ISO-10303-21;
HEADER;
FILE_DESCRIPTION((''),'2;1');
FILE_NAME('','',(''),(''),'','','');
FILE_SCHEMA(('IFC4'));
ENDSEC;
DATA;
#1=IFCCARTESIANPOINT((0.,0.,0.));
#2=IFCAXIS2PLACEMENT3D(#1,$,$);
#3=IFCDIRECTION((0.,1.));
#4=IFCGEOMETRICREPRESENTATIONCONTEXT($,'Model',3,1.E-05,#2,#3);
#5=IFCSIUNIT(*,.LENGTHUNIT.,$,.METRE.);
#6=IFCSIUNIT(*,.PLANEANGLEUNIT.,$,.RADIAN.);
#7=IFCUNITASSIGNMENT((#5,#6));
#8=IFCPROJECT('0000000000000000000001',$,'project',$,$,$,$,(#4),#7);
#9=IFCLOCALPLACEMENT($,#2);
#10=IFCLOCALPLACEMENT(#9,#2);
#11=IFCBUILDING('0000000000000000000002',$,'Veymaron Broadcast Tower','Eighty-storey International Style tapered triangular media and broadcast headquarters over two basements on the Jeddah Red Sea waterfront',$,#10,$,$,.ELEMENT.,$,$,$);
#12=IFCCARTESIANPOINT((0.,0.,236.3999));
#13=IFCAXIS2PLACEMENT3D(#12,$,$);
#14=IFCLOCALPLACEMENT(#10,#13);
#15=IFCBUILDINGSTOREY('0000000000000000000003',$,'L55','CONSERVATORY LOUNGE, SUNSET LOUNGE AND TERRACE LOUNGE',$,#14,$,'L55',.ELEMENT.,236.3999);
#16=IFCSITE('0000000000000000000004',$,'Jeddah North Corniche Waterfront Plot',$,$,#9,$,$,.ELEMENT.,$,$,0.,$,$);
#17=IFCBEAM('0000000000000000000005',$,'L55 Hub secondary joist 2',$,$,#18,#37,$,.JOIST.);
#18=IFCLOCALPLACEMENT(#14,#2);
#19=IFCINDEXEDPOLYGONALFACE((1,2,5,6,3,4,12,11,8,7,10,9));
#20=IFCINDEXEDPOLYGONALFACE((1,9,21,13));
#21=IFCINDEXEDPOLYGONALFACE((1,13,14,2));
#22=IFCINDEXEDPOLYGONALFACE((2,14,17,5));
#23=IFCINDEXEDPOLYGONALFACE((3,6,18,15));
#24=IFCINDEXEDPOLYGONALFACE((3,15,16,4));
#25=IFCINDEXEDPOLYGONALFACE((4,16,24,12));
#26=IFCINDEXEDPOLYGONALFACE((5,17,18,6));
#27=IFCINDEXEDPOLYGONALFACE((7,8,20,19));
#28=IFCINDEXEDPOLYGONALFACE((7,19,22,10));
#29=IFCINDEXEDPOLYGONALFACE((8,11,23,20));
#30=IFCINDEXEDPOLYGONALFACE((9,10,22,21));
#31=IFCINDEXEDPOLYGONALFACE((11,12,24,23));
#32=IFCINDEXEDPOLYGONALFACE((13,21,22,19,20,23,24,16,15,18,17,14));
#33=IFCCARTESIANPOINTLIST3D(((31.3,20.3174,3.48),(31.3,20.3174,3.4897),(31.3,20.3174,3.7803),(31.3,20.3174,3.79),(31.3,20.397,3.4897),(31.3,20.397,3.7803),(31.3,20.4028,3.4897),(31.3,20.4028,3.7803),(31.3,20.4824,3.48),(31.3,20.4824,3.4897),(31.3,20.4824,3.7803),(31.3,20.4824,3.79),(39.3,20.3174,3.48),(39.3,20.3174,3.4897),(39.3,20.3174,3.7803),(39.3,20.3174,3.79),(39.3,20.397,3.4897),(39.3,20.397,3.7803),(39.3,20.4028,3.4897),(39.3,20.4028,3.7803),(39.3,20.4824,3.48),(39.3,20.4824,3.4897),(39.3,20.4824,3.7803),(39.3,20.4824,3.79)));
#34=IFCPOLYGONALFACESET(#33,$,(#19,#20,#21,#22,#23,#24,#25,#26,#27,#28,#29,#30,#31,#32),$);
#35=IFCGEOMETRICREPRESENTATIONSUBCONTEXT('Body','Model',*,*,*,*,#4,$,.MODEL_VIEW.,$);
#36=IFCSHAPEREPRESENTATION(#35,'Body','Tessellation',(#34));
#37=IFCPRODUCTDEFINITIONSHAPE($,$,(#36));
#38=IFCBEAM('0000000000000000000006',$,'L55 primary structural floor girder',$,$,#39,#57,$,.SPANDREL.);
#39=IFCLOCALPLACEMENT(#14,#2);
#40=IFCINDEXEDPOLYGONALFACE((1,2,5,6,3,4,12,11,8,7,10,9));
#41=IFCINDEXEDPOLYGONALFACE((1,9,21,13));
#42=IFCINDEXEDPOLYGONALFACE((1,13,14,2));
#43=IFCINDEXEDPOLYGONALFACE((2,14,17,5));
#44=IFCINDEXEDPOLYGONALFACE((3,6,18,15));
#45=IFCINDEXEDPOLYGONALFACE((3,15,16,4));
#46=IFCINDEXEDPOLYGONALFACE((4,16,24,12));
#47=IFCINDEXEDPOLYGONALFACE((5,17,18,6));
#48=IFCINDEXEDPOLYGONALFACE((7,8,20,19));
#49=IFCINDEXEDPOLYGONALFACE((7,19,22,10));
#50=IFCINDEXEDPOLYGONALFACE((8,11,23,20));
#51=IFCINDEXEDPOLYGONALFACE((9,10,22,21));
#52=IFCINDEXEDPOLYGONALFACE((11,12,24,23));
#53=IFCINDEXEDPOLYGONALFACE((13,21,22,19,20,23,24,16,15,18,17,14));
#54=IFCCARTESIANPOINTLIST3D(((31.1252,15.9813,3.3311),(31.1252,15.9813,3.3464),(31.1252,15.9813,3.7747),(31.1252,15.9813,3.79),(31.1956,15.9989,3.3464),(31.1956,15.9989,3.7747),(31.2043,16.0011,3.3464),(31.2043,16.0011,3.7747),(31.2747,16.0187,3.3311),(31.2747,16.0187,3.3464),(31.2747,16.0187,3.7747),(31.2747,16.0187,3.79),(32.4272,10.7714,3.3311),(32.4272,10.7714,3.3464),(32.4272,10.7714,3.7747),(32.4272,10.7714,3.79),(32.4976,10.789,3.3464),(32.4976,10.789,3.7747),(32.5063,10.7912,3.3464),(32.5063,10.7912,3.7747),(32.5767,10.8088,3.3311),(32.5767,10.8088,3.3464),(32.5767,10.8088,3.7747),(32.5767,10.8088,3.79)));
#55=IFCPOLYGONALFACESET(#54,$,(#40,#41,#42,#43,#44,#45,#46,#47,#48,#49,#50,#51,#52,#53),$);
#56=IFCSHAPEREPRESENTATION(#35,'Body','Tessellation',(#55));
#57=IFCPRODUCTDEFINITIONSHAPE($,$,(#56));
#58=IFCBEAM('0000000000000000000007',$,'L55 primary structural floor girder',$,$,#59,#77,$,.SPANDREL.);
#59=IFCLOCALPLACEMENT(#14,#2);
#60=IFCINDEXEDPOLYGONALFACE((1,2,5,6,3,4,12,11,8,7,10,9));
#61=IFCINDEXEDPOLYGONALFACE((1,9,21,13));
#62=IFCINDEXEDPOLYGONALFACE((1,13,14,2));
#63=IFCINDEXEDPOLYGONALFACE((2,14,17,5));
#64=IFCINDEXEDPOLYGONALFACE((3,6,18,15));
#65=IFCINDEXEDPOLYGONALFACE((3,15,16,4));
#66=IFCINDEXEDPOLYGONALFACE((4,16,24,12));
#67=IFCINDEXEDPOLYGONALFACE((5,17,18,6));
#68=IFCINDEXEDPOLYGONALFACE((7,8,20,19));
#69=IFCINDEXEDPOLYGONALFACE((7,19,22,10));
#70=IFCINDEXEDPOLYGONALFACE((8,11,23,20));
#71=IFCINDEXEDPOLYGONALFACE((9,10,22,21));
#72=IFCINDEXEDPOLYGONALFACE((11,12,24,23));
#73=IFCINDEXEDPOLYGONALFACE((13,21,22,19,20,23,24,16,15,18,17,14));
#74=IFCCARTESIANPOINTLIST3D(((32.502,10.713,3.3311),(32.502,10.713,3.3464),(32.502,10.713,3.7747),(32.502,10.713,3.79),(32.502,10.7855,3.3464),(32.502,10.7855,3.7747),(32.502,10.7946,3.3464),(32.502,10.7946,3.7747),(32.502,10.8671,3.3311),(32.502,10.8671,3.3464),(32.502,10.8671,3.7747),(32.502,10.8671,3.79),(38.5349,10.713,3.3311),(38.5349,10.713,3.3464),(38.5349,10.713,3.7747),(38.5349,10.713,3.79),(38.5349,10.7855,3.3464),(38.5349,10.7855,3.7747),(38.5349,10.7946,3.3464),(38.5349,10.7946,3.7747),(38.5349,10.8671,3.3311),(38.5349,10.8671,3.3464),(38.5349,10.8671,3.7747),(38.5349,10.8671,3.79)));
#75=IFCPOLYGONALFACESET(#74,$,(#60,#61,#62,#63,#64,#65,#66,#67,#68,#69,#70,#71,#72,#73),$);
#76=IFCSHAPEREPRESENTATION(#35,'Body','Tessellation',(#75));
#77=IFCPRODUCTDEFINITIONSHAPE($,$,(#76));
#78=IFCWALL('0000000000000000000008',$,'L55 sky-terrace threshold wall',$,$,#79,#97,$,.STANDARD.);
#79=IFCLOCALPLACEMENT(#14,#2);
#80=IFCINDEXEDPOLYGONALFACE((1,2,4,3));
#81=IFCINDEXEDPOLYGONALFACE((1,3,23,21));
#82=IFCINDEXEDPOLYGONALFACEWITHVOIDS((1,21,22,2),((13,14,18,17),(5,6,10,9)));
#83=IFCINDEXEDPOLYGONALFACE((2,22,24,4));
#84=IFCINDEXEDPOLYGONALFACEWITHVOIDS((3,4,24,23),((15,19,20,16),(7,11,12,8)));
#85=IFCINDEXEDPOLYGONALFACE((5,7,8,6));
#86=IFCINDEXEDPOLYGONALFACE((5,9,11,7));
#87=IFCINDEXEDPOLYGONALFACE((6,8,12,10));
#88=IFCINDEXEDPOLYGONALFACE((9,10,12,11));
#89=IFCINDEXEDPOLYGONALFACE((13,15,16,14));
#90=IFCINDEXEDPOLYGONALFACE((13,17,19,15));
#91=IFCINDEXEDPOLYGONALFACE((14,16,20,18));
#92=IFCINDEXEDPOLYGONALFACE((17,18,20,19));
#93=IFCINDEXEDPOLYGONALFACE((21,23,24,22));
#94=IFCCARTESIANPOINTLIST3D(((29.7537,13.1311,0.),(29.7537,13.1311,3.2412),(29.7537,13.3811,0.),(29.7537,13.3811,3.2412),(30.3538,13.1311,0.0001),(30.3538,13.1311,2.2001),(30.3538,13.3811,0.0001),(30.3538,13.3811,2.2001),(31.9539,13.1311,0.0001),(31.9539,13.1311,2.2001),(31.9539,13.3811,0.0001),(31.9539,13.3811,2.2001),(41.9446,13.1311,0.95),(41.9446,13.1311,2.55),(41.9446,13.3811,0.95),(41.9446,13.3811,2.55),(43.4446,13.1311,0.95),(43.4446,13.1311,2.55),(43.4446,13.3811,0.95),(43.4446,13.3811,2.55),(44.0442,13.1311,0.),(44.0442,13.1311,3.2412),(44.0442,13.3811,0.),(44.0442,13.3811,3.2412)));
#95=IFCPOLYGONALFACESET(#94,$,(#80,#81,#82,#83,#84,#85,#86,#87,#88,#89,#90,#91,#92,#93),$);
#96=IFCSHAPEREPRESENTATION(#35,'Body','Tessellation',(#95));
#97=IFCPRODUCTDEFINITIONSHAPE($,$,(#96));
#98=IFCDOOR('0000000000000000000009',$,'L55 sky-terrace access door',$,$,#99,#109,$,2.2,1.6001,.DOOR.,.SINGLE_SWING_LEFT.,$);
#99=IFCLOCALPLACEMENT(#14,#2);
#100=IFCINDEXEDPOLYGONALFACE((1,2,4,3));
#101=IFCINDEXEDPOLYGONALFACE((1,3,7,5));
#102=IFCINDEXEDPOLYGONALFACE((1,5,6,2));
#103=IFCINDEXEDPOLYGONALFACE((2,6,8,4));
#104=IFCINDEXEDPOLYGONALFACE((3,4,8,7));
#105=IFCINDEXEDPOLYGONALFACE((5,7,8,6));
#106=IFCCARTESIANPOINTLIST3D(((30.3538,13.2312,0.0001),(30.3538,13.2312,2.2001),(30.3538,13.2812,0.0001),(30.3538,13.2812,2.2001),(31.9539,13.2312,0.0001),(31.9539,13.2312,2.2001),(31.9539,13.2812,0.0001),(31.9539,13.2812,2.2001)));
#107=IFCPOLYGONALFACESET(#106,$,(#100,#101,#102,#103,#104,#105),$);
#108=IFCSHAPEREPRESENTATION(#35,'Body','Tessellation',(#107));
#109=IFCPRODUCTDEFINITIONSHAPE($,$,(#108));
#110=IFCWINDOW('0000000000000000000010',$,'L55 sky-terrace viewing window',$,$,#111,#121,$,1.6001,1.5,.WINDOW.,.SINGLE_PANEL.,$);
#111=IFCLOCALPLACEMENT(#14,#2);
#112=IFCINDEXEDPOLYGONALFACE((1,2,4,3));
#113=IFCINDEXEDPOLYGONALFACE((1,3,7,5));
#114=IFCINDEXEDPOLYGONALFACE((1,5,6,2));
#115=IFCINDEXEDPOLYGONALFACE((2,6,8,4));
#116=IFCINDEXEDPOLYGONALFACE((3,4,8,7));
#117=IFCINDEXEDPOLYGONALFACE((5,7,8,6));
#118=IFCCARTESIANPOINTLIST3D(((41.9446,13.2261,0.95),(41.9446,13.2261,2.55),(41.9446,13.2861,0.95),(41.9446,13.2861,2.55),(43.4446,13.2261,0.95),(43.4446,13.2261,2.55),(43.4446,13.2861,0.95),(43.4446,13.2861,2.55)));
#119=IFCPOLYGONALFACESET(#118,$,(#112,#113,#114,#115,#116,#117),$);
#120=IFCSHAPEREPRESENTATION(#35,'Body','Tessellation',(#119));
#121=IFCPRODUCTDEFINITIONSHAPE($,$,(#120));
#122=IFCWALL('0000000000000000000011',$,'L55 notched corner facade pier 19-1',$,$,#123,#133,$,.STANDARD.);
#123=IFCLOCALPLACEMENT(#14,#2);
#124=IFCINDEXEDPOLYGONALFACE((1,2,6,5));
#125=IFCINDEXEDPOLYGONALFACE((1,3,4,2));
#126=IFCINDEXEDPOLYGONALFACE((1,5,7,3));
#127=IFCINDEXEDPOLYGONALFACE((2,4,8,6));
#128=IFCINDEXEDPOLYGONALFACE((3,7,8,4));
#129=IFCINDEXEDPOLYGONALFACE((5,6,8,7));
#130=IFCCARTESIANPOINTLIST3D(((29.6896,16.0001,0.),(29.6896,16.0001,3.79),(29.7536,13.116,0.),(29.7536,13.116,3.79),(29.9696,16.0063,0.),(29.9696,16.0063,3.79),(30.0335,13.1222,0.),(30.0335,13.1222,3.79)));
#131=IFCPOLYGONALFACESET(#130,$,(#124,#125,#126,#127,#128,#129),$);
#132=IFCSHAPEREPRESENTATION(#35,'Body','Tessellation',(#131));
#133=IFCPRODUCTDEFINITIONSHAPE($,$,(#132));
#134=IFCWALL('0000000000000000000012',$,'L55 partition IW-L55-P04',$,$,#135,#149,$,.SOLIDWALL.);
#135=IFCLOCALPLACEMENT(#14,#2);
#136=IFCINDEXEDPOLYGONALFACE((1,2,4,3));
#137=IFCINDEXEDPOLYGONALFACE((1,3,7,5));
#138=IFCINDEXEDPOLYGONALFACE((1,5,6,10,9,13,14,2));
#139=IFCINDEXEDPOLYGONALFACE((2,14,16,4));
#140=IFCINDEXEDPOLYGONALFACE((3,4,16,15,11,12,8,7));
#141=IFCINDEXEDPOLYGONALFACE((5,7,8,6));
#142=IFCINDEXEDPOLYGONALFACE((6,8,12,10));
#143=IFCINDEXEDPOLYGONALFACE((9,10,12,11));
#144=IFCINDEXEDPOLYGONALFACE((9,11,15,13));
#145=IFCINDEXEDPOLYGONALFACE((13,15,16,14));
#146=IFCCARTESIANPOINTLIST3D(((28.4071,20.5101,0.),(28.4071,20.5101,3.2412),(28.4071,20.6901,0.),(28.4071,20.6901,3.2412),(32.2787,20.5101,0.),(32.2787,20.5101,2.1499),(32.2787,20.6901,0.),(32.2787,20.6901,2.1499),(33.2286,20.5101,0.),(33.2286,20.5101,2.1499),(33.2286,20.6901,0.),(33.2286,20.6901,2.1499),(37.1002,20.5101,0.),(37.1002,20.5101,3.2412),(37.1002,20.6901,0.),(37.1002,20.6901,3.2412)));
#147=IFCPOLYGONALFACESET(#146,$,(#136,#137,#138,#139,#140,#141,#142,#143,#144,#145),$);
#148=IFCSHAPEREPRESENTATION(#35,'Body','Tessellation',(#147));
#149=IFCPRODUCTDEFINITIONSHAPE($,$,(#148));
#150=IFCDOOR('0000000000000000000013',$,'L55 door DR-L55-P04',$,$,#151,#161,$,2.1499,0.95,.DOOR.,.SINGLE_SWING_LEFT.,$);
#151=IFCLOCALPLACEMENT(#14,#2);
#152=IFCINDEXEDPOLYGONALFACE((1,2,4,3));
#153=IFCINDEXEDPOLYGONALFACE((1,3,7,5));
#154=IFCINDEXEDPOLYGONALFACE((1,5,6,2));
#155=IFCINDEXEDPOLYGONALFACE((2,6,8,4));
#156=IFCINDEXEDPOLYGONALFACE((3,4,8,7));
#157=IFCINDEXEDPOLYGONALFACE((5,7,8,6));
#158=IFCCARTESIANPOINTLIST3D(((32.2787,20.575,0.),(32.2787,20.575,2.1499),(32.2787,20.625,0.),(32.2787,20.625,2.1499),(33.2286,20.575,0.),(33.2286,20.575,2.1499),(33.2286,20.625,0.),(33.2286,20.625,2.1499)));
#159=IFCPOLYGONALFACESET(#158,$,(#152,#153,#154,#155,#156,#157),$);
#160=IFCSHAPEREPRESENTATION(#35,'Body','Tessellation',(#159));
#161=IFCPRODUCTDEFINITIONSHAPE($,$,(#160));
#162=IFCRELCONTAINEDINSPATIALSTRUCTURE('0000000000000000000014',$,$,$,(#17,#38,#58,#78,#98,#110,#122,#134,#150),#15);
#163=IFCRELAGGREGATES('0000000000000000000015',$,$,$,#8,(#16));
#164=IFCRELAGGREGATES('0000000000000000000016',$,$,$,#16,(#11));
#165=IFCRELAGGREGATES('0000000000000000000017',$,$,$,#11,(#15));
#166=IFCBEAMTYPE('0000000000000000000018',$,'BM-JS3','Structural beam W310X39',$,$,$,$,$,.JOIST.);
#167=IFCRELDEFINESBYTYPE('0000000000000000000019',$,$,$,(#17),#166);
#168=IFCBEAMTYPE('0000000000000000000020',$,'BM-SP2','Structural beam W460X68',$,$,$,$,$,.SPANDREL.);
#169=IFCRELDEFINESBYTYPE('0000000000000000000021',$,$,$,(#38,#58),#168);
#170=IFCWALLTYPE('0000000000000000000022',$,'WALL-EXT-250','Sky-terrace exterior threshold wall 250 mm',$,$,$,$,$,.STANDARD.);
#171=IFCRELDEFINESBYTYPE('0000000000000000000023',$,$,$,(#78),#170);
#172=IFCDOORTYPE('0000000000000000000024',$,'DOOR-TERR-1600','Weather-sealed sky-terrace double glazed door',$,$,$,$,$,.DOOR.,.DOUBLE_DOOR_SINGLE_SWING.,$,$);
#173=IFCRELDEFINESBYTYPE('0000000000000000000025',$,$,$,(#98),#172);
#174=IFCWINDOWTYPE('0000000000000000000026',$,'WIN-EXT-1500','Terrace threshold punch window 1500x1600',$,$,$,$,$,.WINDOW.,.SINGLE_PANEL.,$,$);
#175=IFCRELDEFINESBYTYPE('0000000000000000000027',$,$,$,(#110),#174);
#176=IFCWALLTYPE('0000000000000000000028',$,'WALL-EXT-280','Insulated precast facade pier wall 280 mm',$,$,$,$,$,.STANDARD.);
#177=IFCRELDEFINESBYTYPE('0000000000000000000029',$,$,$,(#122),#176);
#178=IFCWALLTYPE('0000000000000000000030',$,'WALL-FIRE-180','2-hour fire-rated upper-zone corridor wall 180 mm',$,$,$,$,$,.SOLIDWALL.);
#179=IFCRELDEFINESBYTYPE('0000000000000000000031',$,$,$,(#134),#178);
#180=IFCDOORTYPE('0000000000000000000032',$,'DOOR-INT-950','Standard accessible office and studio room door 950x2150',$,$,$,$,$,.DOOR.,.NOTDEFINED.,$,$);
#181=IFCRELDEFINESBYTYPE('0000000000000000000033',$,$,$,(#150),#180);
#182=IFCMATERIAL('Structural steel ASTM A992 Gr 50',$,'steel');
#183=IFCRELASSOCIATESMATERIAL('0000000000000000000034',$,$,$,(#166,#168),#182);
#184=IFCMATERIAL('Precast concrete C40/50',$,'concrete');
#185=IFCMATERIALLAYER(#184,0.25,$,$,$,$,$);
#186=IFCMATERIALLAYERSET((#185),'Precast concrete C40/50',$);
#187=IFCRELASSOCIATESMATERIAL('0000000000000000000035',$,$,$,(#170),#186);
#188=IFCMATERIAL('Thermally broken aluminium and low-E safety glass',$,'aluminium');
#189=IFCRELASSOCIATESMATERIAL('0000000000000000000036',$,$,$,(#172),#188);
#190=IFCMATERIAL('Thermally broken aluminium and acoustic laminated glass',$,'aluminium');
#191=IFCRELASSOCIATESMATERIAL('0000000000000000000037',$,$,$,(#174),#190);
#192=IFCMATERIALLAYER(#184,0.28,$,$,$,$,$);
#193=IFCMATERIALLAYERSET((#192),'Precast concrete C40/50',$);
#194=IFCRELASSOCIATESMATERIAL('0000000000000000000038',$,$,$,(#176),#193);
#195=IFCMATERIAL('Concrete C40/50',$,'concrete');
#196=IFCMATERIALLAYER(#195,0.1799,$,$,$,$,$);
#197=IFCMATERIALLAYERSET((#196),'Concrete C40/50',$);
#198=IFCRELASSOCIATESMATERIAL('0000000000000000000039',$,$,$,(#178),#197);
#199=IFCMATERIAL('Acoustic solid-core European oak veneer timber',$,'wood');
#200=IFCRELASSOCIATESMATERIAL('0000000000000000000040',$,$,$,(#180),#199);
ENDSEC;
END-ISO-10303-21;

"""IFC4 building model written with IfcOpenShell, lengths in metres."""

from ifc_helpers import new_model, si_unit, direction, frame, frame_2d, origin, origin_2d, place, context, subcontext, project, spatial, rectangle, i_section, extrude, material, layer, layer_set, material_profile, profile_set, type_object, element, fill, save


model = new_model("IFC4")

# Units and contexts
model_context = context("Model", 3, precision=1e-05, world=origin(), true_north=direction((0.0, 1.0)))
body_context = subcontext(model_context, "Body", "Model", "MODEL_VIEW")
ifc_project = project(units=[si_unit("LENGTHUNIT", "METRE"), si_unit("PLANEANGLEUNIT", "RADIAN")], contexts=[model_context])

# Site, building, storey
site_placement = place(None, origin())
site = spatial("IfcSite", under=ifc_project, at=site_placement, Name="Jeddah North Corniche Waterfront Plot", CompositionType="ELEMENT", RefElevation=0.0)
building_placement = place(site_placement, origin())
building = spatial("IfcBuilding", under=site, at=building_placement, Name="Veymaron Broadcast Tower", Description="Eighty-storey International Style tapered triangular media and broadcast headquarters over two basements on the Jeddah Red Sea waterfront", CompositionType="ELEMENT")
storey_placement = place(building_placement, frame((0.0, 0.0, 236.3999)))
storey = spatial("IfcBuildingStorey", under=building, at=storey_placement, Name="L55", Description="CONSERVATORY LOUNGE, SUNSET LOUNGE AND TERRACE LOUNGE", LongName="L55", CompositionType="ELEMENT", Elevation=236.3999)

# Shared definitions
ifc_material_1 = material(Name="Structural steel ASTM A992 Gr 50", Category="steel")

# Beams
ifc_material_profile_1 = material_profile(ifc_material_1, i_section(OverallWidth=0.165, OverallDepth=0.3101, WebThickness=0.0059, FlangeThickness=0.0098, at=origin_2d()), Name="W310X39")
ifc_profile_set_1 = profile_set([ifc_material_profile_1], Name="Structural steel ASTM A992 Gr 50")
beam_type_1 = type_object("IfcBeamType", Name="BM-JS3", Description="Structural beam W310X39", PredefinedType="JOIST", material=ifc_profile_set_1)
for number, where, z_axis, x_axis, name in (
    (1, (31.3, 20.3999, 3.635), (1.0, 0.0, 0.0), (0.0, 1.0, 0.0), "L55 Hub secondary joist 2"),
):
    element("IfcBeam", number, at=place(storey_placement, frame(where, z_axis=z_axis, x_axis=x_axis)), inside=storey, type_object=beam_type_1, Name=name, PredefinedType="JOIST", context=body_context, shape_type="SweptSolid", body=[
        extrude(i_section(OverallWidth=0.165, OverallDepth=0.3101, WebThickness=0.0059, FlangeThickness=0.0098, at=origin_2d()), origin(), (0.0, 0.0, 1.0), 8.0),
    ])
ifc_material_profile_2 = material_profile(ifc_material_1, i_section(OverallWidth=0.1541, OverallDepth=0.459, WebThickness=0.009, FlangeThickness=0.0154, at=origin_2d()), Name="W460X68")
ifc_profile_set_2 = profile_set([ifc_material_profile_2], Name="Structural steel ASTM A992 Gr 50")
beam_type_2 = type_object("IfcBeamType", Name="BM-SP2", Description="Structural beam W460X68", PredefinedType="SPANDREL", material=ifc_profile_set_2)
beam_1_placement = place(storey_placement, frame((31.2, 16.0, 3.5605), z_axis=(0.24245, -0.970164, 0.0), x_axis=(0.970164, 0.24245, 0.0)))
element("IfcBeam", 2, at=beam_1_placement, inside=storey, type_object=beam_type_2, Name="L55 primary structural floor girder", PredefinedType="SPANDREL", context=body_context, shape_type="SweptSolid", body=[
    extrude(i_section(OverallWidth=0.1541, OverallDepth=0.459, WebThickness=0.009, FlangeThickness=0.0154, at=origin_2d()), origin(), (0.0, 0.0, 1.0), 5.3701),
])
beam_2_placement = place(storey_placement, frame((32.502, 10.79, 3.5605), z_axis=(1.0, 0.0, 0.0), x_axis=(0.0, 1.0, 0.0)))
element("IfcBeam", 3, at=beam_2_placement, inside=storey, type_object=beam_type_2, Name="L55 primary structural floor girder", PredefinedType="SPANDREL", context=body_context, shape_type="SweptSolid", body=[
    extrude(i_section(OverallWidth=0.1541, OverallDepth=0.459, WebThickness=0.009, FlangeThickness=0.0154, at=origin_2d()), origin(), (0.0, 0.0, 1.0), 6.033),
])

# Wall, openings, door, window
ifc_material_2 = material(Name="Precast concrete C40/50", Category="concrete")
ifc_layer_1 = layer(ifc_material_2, 0.25)
ifc_layer_set_1 = layer_set([ifc_layer_1], Name="Precast concrete C40/50")
wall_type_1 = type_object("IfcWallType", Name="WALL-EXT-250", Description="Sky-terrace exterior threshold wall 250 mm", PredefinedType="STANDARD", material=ifc_layer_set_1)
wall_1_placement = place(storey_placement, frame((29.7537, 13.2561, 0.0), z_axis=(0.0, 0.0, 1.0), x_axis=(1.0, 0.0, 0.0)))
wall_1 = element("IfcWall", 4, at=wall_1_placement, inside=storey, type_object=wall_type_1, Name="L55 sky-terrace threshold wall", PredefinedType="STANDARD", context=body_context, shape_type="SweptSolid", body=[
    extrude(rectangle(XDim=14.2905, YDim=0.25, at=frame_2d((7.1453, 0.0))), origin(), (0.0, 0.0, 1.0), 3.2412),
])
opening_1_placement = place(wall_1_placement, frame((0.6001, 0.0, 0.0)))
opening_1 = element("IfcOpeningElement", 5, at=opening_1_placement, cuts=wall_1, PredefinedType="OPENING", context=body_context, shape_type="SweptSolid", body=[
    extrude(rectangle(XDim=1.6001, YDim=2.2, at=frame_2d((0.8, 1.1001))), frame((0.0, 0.135, 0.0), z_axis=(0.0, -1.0, 0.0), x_axis=(1.0, 0.0, 0.0)), (0.0, 0.0, 1.0), 0.27),
])
opening_2_placement = place(wall_1_placement, frame((12.1909, 0.0, 0.95)))
opening_2 = element("IfcOpeningElement", 6, at=opening_2_placement, cuts=wall_1, PredefinedType="OPENING", context=body_context, shape_type="SweptSolid", body=[
    extrude(rectangle(XDim=1.5, YDim=1.6001, at=frame_2d((0.75, 0.8))), frame((0.0, 0.135, 0.0), z_axis=(0.0, -1.0, 0.0), x_axis=(1.0, 0.0, 0.0)), (0.0, 0.0, 1.0), 0.27),
])
ifc_material_3 = material(Name="Thermally broken aluminium and low-E safety glass", Category="aluminium")
door_type_1 = type_object("IfcDoorType", Name="DOOR-TERR-1600", Description="Weather-sealed sky-terrace double glazed door", OperationType="DOUBLE_DOOR_SINGLE_SWING", PredefinedType="DOOR", material=ifc_material_3)
door_1_placement = place(opening_1_placement, frame((1.6001, 0.0, 0.0), z_axis=(0.0, 0.0, 1.0), x_axis=(-1.0, 0.0, 0.0)))
door_1 = element("IfcDoor", 7, at=door_1_placement, inside=storey, type_object=door_type_1, Name="L55 sky-terrace access door", OperationType="SINGLE_SWING_LEFT", OverallHeight=2.2, OverallWidth=1.6001, PredefinedType="DOOR", context=body_context, shape_type="SweptSolid", body=[
    extrude(rectangle(XDim=1.6001, YDim=2.2, at=frame_2d((0.8, 1.1001))), frame((0.0, 0.0249, 0.0), z_axis=(0.0, -1.0, 0.0), x_axis=(1.0, 0.0, 0.0)), (0.0, 0.0, 1.0), 0.05),
])
fill(opening_1, door_1)
ifc_material_4 = material(Name="Thermally broken aluminium and acoustic laminated glass", Category="aluminium")
window_type = type_object("IfcWindowType", Name="WIN-EXT-1500", Description="Terrace threshold punch window 1500x1600", PartitioningType="SINGLE_PANEL", PredefinedType="WINDOW", material=ifc_material_4)
window_placement = place(opening_2_placement, origin())
window = element("IfcWindow", 8, at=window_placement, inside=storey, type_object=window_type, Name="L55 sky-terrace viewing window", OverallHeight=1.6001, OverallWidth=1.5, PartitioningType="SINGLE_PANEL", PredefinedType="WINDOW", context=body_context, shape_type="SweptSolid", body=[
    extrude(rectangle(XDim=1.5, YDim=1.6001, at=frame_2d((0.75, 0.8))), frame((0.0, 0.03, 0.0), z_axis=(0.0, -1.0, 0.0), x_axis=(1.0, 0.0, 0.0)), (0.0, 0.0, 1.0), 0.0601),
])
fill(opening_2, window)

# Wall
ifc_layer_2 = layer(ifc_material_2, 0.28)
ifc_layer_set_2 = layer_set([ifc_layer_2], Name="Precast concrete C40/50")
wall_type_2 = type_object("IfcWallType", Name="WALL-EXT-280", Description="Insulated precast facade pier wall 280 mm", PredefinedType="STANDARD", material=ifc_layer_set_2)
wall_2_placement = place(storey_placement, frame((29.8296, 16.0032, 0.0), z_axis=(0.0, 0.0, 1.0), x_axis=(0.022174, -0.999754, 0.0)))
element("IfcWall", 9, at=wall_2_placement, inside=storey, type_object=wall_type_2, Name="L55 notched corner facade pier 19-1", PredefinedType="STANDARD", context=body_context, shape_type="SweptSolid", body=[
    extrude(rectangle(XDim=2.8848, YDim=0.28, at=frame_2d((1.4424, 0.0))), origin(), (0.0, 0.0, 1.0), 3.79),
])

# Wall, opening, door
ifc_material_5 = material(Name="Concrete C40/50", Category="concrete")
ifc_layer_3 = layer(ifc_material_5, 0.1799)
ifc_layer_set_3 = layer_set([ifc_layer_3], Name="Concrete C40/50")
wall_type_3 = type_object("IfcWallType", Name="WALL-FIRE-180", Description="2-hour fire-rated upper-zone corridor wall 180 mm", PredefinedType="SOLIDWALL", material=ifc_layer_set_3)
wall_3_placement = place(storey_placement, frame((28.407, 20.6001, 0.0), z_axis=(0.0, 0.0, 1.0), x_axis=(1.0, 0.0, 0.0)))
wall_3 = element("IfcWall", 10, at=wall_3_placement, inside=storey, type_object=wall_type_3, Name="L55 partition IW-L55-P04", PredefinedType="SOLIDWALL", context=body_context, shape_type="SweptSolid", body=[
    extrude(rectangle(XDim=8.6931, YDim=0.1799, at=frame_2d((4.3467, 0.0))), origin(), (0.0, 0.0, 1.0), 3.2412),
])
opening_3_placement = place(wall_3_placement, frame((3.8716, 0.0, 0.0)))
opening_3 = element("IfcOpeningElement", 11, at=opening_3_placement, cuts=wall_3, PredefinedType="OPENING", context=body_context, shape_type="SweptSolid", body=[
    extrude(rectangle(XDim=0.95, YDim=2.1499, at=frame_2d((0.4751, 1.075))), frame((0.0, 0.1001, 0.0), z_axis=(0.0, -1.0, 0.0), x_axis=(1.0, 0.0, 0.0)), (0.0, 0.0, 1.0), 0.2),
])
ifc_material_6 = material(Name="Acoustic solid-core European oak veneer timber", Category="wood")
door_type_2 = type_object("IfcDoorType", Name="DOOR-INT-950", Description="Standard accessible office and studio room door 950x2150", OperationType="NOTDEFINED", PredefinedType="DOOR", material=ifc_material_6)
door_2_placement = place(opening_3_placement, origin())
door_2 = element("IfcDoor", 12, at=door_2_placement, inside=storey, type_object=door_type_2, Name="L55 door DR-L55-P04", OperationType="SINGLE_SWING_LEFT", OverallHeight=2.1499, OverallWidth=0.95, PredefinedType="DOOR", context=body_context, shape_type="SweptSolid", body=[
    extrude(rectangle(XDim=0.95, YDim=2.1499, at=frame_2d((0.4751, 1.075))), frame((0.0, 0.0249, 0.0), z_axis=(0.0, -1.0, 0.0), x_axis=(1.0, 0.0, 0.0)), (0.0, 0.0, 1.0), 0.05),
])
fill(opening_3, door_2)

save(model, "model.ifc")
